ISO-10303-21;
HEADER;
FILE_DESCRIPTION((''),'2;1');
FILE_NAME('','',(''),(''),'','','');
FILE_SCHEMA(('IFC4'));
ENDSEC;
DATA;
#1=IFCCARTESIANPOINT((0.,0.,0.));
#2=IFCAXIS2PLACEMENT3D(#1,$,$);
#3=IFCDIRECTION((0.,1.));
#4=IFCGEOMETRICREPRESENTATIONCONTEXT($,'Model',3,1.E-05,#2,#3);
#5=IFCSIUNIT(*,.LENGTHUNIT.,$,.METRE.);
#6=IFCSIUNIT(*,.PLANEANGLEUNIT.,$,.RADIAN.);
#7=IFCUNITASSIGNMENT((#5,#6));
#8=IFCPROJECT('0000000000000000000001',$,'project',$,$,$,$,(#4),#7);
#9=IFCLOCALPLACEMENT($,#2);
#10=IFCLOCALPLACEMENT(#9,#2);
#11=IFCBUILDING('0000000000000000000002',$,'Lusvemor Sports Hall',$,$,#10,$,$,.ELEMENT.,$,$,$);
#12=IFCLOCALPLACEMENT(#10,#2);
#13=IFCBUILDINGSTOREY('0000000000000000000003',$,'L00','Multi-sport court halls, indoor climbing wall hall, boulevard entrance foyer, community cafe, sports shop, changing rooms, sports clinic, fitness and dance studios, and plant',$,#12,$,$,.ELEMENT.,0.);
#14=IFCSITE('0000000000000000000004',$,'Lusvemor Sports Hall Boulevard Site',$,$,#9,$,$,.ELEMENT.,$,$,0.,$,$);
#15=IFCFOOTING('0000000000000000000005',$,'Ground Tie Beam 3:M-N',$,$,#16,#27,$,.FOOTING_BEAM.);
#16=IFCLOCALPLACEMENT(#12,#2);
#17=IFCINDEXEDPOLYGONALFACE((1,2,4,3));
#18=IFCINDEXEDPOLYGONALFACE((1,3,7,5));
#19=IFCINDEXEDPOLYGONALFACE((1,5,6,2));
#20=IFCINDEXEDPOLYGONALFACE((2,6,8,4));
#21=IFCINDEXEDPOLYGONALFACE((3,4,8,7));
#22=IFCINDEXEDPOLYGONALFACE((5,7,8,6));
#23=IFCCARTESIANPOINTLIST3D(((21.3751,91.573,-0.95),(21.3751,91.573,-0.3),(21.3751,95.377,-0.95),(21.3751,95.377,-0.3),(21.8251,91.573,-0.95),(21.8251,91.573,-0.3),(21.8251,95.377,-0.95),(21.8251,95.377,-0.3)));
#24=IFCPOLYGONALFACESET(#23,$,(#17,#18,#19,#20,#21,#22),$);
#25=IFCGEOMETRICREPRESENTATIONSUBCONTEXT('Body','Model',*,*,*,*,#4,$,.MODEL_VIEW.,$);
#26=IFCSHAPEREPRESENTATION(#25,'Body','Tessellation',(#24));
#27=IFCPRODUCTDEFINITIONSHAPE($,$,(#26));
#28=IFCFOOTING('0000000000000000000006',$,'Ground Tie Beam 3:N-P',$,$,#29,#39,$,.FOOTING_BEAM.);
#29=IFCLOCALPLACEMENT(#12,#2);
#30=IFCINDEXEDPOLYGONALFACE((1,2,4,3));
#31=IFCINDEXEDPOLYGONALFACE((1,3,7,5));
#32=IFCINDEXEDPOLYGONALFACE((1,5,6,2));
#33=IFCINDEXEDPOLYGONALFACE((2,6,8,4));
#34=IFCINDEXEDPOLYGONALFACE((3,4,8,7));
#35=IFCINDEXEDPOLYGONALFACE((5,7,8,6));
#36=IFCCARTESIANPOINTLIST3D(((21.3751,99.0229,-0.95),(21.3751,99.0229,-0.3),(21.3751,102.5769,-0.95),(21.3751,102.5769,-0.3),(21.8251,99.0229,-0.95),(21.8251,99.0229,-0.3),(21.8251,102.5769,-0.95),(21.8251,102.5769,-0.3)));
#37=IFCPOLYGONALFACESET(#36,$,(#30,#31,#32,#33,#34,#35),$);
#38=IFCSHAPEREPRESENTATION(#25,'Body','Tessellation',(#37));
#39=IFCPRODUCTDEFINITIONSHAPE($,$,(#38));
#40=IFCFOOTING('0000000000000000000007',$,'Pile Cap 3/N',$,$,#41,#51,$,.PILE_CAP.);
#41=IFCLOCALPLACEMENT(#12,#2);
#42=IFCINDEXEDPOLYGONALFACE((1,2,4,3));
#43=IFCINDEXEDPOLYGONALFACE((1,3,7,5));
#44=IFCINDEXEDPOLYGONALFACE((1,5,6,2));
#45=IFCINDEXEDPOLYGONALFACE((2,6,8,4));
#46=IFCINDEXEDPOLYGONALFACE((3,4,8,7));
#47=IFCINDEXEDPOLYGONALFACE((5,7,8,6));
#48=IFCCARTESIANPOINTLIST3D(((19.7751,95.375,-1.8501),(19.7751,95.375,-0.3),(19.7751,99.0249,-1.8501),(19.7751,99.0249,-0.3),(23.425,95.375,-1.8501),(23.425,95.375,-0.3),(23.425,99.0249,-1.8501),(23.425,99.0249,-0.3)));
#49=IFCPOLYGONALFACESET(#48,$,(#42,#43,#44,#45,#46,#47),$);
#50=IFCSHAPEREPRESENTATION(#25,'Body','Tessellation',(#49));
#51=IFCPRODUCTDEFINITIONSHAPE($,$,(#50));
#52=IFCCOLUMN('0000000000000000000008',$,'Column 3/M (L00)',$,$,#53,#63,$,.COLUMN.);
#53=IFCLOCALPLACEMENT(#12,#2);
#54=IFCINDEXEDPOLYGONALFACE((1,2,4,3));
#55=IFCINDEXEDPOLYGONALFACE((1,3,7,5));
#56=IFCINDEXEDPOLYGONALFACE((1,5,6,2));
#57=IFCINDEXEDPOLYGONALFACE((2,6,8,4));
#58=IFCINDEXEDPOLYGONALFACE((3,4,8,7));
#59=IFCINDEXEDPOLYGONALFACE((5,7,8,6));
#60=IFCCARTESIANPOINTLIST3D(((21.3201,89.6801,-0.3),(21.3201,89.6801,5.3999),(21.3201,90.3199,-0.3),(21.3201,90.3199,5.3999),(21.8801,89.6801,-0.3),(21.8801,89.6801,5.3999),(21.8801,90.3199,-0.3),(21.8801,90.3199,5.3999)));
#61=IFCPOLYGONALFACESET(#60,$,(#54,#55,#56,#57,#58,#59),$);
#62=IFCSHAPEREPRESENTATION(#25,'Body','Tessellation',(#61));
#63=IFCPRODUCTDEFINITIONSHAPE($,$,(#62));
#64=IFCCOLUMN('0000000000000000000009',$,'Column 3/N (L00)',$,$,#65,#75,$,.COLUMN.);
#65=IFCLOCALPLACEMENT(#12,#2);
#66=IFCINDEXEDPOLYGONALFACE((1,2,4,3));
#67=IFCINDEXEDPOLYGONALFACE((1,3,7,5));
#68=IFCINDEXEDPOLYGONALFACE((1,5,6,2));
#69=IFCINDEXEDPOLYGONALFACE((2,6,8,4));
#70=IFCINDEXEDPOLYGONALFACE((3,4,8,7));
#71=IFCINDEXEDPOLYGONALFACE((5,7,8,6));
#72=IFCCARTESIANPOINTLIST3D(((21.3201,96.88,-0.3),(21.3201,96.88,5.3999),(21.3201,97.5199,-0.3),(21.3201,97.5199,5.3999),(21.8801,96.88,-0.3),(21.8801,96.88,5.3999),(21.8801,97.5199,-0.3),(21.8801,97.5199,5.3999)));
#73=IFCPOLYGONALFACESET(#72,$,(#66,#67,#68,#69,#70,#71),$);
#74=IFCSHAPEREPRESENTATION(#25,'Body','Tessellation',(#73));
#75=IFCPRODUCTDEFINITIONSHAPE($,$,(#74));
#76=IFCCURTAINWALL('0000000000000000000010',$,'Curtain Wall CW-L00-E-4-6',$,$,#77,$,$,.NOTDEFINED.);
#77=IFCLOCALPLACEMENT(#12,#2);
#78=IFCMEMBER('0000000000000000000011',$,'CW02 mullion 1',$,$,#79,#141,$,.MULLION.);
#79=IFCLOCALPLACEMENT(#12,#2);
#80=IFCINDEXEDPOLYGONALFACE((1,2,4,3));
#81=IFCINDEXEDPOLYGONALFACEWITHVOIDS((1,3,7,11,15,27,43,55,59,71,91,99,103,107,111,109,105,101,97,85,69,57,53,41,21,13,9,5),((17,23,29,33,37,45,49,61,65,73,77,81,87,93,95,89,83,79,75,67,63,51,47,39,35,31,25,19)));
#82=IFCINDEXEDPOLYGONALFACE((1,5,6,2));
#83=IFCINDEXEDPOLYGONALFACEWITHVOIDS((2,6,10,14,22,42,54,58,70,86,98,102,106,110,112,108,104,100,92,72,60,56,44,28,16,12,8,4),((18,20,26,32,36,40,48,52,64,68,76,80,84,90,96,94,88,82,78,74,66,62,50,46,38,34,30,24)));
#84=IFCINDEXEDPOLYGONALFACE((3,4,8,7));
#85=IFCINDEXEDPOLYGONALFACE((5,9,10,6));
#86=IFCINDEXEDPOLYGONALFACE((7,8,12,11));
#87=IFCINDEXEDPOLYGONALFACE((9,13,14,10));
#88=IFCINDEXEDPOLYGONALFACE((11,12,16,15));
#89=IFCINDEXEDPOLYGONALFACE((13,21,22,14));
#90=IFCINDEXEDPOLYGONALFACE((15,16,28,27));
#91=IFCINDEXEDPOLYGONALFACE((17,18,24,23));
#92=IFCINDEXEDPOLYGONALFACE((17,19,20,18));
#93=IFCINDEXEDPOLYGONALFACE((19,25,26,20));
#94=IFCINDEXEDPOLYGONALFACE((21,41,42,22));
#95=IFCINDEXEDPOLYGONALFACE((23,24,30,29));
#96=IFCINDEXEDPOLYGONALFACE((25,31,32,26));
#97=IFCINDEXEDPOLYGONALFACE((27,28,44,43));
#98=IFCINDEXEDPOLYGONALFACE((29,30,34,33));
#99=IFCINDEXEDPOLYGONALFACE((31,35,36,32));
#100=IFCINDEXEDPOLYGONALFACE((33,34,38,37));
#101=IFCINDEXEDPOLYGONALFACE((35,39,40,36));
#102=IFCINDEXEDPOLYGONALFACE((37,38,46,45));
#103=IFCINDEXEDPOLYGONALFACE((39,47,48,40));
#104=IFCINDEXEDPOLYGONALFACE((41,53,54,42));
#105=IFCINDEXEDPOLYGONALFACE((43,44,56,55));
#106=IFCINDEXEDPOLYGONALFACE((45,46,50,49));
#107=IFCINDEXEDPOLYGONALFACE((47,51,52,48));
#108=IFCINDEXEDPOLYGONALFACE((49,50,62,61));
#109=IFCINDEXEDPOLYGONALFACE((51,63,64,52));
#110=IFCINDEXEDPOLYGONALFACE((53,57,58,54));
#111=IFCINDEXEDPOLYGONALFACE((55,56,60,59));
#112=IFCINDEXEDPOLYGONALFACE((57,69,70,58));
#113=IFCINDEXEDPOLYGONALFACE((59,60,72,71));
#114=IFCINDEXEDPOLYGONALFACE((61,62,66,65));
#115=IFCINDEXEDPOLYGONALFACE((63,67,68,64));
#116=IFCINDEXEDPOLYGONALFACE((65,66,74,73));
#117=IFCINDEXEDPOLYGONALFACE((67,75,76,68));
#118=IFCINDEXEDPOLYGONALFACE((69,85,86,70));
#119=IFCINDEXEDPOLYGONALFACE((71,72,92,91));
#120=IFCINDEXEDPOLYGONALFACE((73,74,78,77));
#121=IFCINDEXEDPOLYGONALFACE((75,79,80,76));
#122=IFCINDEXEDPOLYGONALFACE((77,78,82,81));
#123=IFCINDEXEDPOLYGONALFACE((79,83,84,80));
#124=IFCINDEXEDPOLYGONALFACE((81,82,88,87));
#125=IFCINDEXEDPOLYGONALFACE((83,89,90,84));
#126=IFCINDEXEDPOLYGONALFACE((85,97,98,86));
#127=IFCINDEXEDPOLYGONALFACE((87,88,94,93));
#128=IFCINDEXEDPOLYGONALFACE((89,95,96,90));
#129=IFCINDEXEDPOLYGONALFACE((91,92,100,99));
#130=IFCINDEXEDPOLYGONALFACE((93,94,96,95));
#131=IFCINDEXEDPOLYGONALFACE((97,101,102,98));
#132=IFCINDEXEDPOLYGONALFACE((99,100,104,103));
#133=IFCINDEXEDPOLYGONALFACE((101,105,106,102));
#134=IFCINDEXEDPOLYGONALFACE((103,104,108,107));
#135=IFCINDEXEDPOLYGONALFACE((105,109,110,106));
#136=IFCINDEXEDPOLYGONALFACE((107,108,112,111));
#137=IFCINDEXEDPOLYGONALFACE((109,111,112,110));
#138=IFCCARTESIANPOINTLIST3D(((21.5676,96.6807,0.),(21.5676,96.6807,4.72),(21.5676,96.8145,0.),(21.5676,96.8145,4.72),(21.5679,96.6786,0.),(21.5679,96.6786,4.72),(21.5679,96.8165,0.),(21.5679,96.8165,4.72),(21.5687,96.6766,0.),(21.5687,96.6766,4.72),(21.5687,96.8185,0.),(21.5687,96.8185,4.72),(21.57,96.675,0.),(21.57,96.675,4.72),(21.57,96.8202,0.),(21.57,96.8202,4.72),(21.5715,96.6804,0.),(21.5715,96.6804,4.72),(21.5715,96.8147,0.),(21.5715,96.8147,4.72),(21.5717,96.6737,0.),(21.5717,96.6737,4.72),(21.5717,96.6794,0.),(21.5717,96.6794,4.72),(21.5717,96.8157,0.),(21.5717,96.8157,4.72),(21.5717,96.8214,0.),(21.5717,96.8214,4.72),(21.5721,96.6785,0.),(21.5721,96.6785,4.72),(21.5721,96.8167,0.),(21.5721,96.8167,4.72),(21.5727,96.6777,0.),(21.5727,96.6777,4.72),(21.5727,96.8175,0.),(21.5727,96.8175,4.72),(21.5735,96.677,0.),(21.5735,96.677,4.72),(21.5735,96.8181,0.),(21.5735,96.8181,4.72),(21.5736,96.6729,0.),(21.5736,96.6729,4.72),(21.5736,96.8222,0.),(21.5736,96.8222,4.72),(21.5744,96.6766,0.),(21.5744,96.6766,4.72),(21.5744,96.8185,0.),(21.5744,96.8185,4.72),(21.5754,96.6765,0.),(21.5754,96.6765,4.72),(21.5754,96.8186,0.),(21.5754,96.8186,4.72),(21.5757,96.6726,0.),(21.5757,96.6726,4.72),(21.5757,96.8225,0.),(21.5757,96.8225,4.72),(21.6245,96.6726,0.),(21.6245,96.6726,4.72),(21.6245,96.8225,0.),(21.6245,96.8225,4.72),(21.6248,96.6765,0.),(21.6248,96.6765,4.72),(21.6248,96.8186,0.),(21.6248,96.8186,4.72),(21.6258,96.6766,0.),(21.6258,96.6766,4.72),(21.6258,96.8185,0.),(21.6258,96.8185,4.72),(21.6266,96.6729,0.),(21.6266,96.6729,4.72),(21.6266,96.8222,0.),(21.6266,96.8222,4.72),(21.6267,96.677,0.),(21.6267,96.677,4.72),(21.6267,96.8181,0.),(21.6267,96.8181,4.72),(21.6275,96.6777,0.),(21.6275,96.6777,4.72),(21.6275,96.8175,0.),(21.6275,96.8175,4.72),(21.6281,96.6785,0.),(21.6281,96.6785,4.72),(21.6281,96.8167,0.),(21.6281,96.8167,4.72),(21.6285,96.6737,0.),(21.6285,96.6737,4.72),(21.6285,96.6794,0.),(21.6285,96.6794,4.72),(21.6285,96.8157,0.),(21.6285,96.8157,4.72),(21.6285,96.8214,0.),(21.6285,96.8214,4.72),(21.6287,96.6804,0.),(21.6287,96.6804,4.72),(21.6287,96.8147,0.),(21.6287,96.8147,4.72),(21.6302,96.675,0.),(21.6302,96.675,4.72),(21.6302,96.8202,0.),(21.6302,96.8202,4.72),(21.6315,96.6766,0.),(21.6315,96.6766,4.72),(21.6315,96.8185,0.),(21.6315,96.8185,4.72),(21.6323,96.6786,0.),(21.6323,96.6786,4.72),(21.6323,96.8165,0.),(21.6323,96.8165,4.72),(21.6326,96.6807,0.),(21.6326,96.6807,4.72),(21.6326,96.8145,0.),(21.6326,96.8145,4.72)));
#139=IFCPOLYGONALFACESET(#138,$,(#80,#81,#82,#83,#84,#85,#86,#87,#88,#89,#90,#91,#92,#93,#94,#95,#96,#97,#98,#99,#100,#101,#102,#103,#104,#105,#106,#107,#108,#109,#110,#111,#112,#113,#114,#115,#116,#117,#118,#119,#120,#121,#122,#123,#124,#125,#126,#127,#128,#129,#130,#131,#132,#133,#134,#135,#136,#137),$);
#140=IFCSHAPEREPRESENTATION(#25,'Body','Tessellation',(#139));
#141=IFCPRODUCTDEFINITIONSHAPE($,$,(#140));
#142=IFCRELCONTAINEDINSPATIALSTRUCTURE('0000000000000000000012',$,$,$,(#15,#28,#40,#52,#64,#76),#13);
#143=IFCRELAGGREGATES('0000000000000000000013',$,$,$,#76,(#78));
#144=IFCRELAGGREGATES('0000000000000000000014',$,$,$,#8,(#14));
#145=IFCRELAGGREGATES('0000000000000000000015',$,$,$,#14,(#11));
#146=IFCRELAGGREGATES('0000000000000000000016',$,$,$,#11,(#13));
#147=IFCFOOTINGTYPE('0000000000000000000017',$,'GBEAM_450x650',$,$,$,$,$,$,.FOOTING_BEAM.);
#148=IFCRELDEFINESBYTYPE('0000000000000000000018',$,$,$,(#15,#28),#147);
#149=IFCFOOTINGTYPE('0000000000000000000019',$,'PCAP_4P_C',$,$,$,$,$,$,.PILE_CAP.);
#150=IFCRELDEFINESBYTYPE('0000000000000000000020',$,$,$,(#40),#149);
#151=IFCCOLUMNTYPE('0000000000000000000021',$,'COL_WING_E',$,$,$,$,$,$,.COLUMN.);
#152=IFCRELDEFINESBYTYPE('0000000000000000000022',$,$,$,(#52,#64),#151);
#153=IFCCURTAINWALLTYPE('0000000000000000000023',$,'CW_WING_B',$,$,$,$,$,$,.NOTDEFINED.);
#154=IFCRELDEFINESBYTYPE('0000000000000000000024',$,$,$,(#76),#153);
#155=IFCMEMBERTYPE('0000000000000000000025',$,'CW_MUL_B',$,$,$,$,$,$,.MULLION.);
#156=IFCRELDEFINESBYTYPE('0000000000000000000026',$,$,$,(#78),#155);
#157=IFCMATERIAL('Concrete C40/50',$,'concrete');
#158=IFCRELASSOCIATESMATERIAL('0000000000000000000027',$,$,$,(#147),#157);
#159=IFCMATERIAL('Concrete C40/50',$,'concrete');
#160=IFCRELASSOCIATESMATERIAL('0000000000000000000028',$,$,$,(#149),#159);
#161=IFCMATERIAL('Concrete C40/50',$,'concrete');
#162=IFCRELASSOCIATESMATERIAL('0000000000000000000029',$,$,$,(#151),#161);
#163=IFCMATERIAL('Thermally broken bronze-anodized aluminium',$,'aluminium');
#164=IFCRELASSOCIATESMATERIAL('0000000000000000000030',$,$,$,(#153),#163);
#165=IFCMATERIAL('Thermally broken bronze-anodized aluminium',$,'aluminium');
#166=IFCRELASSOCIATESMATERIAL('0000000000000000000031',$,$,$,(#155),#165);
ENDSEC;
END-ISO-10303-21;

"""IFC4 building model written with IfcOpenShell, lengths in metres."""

from ifc_helpers import new_model, si_unit, direction, frame, origin, origin_2d, place, context, subcontext, project, spatial, rectangle, hollow_rectangle, extrude, material, material_profile, profile_set, type_object, element, aggregate, save


model = new_model("IFC4")

# Units and contexts
model_context = context("Model", 3, precision=1e-05, world=origin(), true_north=direction((0.0, 1.0)))
body_context = subcontext(model_context, "Body", "Model", "MODEL_VIEW")
ifc_project = project(units=[si_unit("LENGTHUNIT", "METRE"), si_unit("PLANEANGLEUNIT", "RADIAN")], contexts=[model_context])

# Site, building, storey
site_placement = place(None, origin())
site = spatial("IfcSite", under=ifc_project, at=site_placement, Name="Lusvemor Sports Hall Boulevard Site", CompositionType="ELEMENT", RefElevation=0.0)
building_placement = place(site_placement, origin())
building = spatial("IfcBuilding", under=site, at=building_placement, Name="Lusvemor Sports Hall", CompositionType="ELEMENT")
storey_placement = place(building_placement, origin())
storey = spatial("IfcBuildingStorey", under=building, at=storey_placement, Name="L00", Description="Multi-sport court halls, indoor climbing wall hall, boulevard entrance foyer, community cafe, sports shop, changing rooms, sports clinic, fitness and dance studios, and plant", CompositionType="ELEMENT", Elevation=0.0)

# Footings
ifc_material_1 = material(Name="Concrete C40/50", Category="concrete")
ifc_material_profile_1 = material_profile(ifc_material_1, rectangle(XDim=0.45, YDim=0.6499, at=origin_2d()), Name="GB_450x650")
ifc_profile_set_1 = profile_set([ifc_material_profile_1], Name="Concrete C40/50")
footing_type_1 = type_object("IfcFootingType", Name="GBEAM_450x650", PredefinedType="FOOTING_BEAM", material=ifc_profile_set_1)
footing_1_placement = place(storey_placement, frame((21.6001, 91.573, -0.625), z_axis=(0.0, 1.0, 0.0), x_axis=(-1.0, 0.0, 0.0)))
element("IfcFooting", 1, at=footing_1_placement, inside=storey, type_object=footing_type_1, Name="Ground Tie Beam 3:M-N", PredefinedType="FOOTING_BEAM", context=body_context, shape_type="SweptSolid", body=[
    extrude(rectangle(XDim=0.45, YDim=0.6499, at=origin_2d()), origin(), (0.0, 0.0, 1.0), 3.804),
])
footing_2_placement = place(storey_placement, frame((21.6001, 99.0229, -0.625), z_axis=(0.0, 1.0, 0.0), x_axis=(-1.0, 0.0, 0.0)))
element("IfcFooting", 2, at=footing_2_placement, inside=storey, type_object=footing_type_1, Name="Ground Tie Beam 3:N-P", PredefinedType="FOOTING_BEAM", context=body_context, shape_type="SweptSolid", body=[
    extrude(rectangle(XDim=0.45, YDim=0.6499, at=origin_2d()), origin(), (0.0, 0.0, 1.0), 3.554),
])
ifc_material_2 = material(Name="Concrete C40/50", Category="concrete")
footing_type_2 = type_object("IfcFootingType", Name="PCAP_4P_C", PredefinedType="PILE_CAP", material=ifc_material_2)
footing_3_placement = place(storey_placement, frame((21.6001, 97.2, -1.8501), z_axis=(0.0, 0.0, 1.0), x_axis=(1.0, 0.0, 0.0)))
element("IfcFooting", 3, at=footing_3_placement, inside=storey, type_object=footing_type_2, Name="Pile Cap 3/N", PredefinedType="PILE_CAP", context=body_context, shape_type="SweptSolid", body=[
    extrude(rectangle(XDim=3.6499, YDim=3.6499, at=origin_2d()), origin(), (0.0, 0.0, 1.0), 1.55),
])

# Columns
ifc_material_3 = material(Name="Concrete C40/50", Category="concrete")
ifc_material_profile_2 = material_profile(ifc_material_3, rectangle(XDim=0.5601, YDim=0.6399, at=origin_2d()), Name="RC560x640")
ifc_profile_set_2 = profile_set([ifc_material_profile_2], Name="Concrete C40/50")
column_type = type_object("IfcColumnType", Name="COL_WING_E", PredefinedType="COLUMN", material=ifc_profile_set_2)
for number, where, z_axis, x_axis, name in (
    (4, (21.6001, 90.0, -0.3), (0.0, 0.0, 1.0), (1.0, 0.0, 0.0), "Column 3/M (L00)"),
    (5, (21.6001, 97.2, -0.3), (0.0, 0.0, 1.0), (1.0, 0.0, 0.0), "Column 3/N (L00)"),
):
    element("IfcColumn", number, at=place(storey_placement, frame(where, z_axis=z_axis, x_axis=x_axis)), inside=storey, type_object=column_type, Name=name, PredefinedType="COLUMN", context=body_context, shape_type="SweptSolid", body=[
        extrude(rectangle(XDim=0.5601, YDim=0.6399, at=origin_2d()), origin(), (0.0, 0.0, 1.0), 5.7),
    ])

# Curtain wall, member
ifc_material_4 = material(Name="Thermally broken bronze-anodized aluminium", Category="aluminium")
curtain_wall_type = type_object("IfcCurtainWallType", Name="CW_WING_B", PredefinedType="NOTDEFINED", material=ifc_material_4)
curtain_wall_placement = place(storey_placement, origin())
curtain_wall = element("IfcCurtainWall", 6, at=curtain_wall_placement, inside=storey, type_object=curtain_wall_type, Name="Curtain Wall CW-L00-E-4-6", PredefinedType="NOTDEFINED")
ifc_material_5 = material(Name="Thermally broken bronze-anodized aluminium", Category="aluminium")
ifc_material_profile_3 = material_profile(ifc_material_5, hollow_rectangle(XDim=0.0649, YDim=0.1499, WallThickness=0.0039, InnerFilletRadius=0.0039, OuterFilletRadius=0.0081, at=origin_2d()), Name="CWMUL150x65x4")
ifc_profile_set_3 = profile_set([ifc_material_profile_3], Name="Thermally broken bronze-anodized aluminium")
member_type_1 = type_object("IfcMemberType", Name="CW_MUL_B", PredefinedType="MULLION", material=ifc_profile_set_3)
member_1_placement = place(storey_placement, frame((21.6001, 96.7476, 0.0), z_axis=(0.0, 0.0, 1.0), x_axis=(1.0, 0.0, 0.0)))
member_1 = element("IfcMember", 7, at=member_1_placement, type_object=member_type_1, Name="CW02 mullion 1", PredefinedType="MULLION", context=body_context, shape_type="SweptSolid", body=[
    extrude(hollow_rectangle(XDim=0.0649, YDim=0.1499, WallThickness=0.0039, InnerFilletRadius=0.0039, OuterFilletRadius=0.0081, at=origin_2d()), origin(), (0.0, 0.0, 1.0), 4.72),
])
aggregate(curtain_wall, [member_1])

save(model, "model.ifc")
